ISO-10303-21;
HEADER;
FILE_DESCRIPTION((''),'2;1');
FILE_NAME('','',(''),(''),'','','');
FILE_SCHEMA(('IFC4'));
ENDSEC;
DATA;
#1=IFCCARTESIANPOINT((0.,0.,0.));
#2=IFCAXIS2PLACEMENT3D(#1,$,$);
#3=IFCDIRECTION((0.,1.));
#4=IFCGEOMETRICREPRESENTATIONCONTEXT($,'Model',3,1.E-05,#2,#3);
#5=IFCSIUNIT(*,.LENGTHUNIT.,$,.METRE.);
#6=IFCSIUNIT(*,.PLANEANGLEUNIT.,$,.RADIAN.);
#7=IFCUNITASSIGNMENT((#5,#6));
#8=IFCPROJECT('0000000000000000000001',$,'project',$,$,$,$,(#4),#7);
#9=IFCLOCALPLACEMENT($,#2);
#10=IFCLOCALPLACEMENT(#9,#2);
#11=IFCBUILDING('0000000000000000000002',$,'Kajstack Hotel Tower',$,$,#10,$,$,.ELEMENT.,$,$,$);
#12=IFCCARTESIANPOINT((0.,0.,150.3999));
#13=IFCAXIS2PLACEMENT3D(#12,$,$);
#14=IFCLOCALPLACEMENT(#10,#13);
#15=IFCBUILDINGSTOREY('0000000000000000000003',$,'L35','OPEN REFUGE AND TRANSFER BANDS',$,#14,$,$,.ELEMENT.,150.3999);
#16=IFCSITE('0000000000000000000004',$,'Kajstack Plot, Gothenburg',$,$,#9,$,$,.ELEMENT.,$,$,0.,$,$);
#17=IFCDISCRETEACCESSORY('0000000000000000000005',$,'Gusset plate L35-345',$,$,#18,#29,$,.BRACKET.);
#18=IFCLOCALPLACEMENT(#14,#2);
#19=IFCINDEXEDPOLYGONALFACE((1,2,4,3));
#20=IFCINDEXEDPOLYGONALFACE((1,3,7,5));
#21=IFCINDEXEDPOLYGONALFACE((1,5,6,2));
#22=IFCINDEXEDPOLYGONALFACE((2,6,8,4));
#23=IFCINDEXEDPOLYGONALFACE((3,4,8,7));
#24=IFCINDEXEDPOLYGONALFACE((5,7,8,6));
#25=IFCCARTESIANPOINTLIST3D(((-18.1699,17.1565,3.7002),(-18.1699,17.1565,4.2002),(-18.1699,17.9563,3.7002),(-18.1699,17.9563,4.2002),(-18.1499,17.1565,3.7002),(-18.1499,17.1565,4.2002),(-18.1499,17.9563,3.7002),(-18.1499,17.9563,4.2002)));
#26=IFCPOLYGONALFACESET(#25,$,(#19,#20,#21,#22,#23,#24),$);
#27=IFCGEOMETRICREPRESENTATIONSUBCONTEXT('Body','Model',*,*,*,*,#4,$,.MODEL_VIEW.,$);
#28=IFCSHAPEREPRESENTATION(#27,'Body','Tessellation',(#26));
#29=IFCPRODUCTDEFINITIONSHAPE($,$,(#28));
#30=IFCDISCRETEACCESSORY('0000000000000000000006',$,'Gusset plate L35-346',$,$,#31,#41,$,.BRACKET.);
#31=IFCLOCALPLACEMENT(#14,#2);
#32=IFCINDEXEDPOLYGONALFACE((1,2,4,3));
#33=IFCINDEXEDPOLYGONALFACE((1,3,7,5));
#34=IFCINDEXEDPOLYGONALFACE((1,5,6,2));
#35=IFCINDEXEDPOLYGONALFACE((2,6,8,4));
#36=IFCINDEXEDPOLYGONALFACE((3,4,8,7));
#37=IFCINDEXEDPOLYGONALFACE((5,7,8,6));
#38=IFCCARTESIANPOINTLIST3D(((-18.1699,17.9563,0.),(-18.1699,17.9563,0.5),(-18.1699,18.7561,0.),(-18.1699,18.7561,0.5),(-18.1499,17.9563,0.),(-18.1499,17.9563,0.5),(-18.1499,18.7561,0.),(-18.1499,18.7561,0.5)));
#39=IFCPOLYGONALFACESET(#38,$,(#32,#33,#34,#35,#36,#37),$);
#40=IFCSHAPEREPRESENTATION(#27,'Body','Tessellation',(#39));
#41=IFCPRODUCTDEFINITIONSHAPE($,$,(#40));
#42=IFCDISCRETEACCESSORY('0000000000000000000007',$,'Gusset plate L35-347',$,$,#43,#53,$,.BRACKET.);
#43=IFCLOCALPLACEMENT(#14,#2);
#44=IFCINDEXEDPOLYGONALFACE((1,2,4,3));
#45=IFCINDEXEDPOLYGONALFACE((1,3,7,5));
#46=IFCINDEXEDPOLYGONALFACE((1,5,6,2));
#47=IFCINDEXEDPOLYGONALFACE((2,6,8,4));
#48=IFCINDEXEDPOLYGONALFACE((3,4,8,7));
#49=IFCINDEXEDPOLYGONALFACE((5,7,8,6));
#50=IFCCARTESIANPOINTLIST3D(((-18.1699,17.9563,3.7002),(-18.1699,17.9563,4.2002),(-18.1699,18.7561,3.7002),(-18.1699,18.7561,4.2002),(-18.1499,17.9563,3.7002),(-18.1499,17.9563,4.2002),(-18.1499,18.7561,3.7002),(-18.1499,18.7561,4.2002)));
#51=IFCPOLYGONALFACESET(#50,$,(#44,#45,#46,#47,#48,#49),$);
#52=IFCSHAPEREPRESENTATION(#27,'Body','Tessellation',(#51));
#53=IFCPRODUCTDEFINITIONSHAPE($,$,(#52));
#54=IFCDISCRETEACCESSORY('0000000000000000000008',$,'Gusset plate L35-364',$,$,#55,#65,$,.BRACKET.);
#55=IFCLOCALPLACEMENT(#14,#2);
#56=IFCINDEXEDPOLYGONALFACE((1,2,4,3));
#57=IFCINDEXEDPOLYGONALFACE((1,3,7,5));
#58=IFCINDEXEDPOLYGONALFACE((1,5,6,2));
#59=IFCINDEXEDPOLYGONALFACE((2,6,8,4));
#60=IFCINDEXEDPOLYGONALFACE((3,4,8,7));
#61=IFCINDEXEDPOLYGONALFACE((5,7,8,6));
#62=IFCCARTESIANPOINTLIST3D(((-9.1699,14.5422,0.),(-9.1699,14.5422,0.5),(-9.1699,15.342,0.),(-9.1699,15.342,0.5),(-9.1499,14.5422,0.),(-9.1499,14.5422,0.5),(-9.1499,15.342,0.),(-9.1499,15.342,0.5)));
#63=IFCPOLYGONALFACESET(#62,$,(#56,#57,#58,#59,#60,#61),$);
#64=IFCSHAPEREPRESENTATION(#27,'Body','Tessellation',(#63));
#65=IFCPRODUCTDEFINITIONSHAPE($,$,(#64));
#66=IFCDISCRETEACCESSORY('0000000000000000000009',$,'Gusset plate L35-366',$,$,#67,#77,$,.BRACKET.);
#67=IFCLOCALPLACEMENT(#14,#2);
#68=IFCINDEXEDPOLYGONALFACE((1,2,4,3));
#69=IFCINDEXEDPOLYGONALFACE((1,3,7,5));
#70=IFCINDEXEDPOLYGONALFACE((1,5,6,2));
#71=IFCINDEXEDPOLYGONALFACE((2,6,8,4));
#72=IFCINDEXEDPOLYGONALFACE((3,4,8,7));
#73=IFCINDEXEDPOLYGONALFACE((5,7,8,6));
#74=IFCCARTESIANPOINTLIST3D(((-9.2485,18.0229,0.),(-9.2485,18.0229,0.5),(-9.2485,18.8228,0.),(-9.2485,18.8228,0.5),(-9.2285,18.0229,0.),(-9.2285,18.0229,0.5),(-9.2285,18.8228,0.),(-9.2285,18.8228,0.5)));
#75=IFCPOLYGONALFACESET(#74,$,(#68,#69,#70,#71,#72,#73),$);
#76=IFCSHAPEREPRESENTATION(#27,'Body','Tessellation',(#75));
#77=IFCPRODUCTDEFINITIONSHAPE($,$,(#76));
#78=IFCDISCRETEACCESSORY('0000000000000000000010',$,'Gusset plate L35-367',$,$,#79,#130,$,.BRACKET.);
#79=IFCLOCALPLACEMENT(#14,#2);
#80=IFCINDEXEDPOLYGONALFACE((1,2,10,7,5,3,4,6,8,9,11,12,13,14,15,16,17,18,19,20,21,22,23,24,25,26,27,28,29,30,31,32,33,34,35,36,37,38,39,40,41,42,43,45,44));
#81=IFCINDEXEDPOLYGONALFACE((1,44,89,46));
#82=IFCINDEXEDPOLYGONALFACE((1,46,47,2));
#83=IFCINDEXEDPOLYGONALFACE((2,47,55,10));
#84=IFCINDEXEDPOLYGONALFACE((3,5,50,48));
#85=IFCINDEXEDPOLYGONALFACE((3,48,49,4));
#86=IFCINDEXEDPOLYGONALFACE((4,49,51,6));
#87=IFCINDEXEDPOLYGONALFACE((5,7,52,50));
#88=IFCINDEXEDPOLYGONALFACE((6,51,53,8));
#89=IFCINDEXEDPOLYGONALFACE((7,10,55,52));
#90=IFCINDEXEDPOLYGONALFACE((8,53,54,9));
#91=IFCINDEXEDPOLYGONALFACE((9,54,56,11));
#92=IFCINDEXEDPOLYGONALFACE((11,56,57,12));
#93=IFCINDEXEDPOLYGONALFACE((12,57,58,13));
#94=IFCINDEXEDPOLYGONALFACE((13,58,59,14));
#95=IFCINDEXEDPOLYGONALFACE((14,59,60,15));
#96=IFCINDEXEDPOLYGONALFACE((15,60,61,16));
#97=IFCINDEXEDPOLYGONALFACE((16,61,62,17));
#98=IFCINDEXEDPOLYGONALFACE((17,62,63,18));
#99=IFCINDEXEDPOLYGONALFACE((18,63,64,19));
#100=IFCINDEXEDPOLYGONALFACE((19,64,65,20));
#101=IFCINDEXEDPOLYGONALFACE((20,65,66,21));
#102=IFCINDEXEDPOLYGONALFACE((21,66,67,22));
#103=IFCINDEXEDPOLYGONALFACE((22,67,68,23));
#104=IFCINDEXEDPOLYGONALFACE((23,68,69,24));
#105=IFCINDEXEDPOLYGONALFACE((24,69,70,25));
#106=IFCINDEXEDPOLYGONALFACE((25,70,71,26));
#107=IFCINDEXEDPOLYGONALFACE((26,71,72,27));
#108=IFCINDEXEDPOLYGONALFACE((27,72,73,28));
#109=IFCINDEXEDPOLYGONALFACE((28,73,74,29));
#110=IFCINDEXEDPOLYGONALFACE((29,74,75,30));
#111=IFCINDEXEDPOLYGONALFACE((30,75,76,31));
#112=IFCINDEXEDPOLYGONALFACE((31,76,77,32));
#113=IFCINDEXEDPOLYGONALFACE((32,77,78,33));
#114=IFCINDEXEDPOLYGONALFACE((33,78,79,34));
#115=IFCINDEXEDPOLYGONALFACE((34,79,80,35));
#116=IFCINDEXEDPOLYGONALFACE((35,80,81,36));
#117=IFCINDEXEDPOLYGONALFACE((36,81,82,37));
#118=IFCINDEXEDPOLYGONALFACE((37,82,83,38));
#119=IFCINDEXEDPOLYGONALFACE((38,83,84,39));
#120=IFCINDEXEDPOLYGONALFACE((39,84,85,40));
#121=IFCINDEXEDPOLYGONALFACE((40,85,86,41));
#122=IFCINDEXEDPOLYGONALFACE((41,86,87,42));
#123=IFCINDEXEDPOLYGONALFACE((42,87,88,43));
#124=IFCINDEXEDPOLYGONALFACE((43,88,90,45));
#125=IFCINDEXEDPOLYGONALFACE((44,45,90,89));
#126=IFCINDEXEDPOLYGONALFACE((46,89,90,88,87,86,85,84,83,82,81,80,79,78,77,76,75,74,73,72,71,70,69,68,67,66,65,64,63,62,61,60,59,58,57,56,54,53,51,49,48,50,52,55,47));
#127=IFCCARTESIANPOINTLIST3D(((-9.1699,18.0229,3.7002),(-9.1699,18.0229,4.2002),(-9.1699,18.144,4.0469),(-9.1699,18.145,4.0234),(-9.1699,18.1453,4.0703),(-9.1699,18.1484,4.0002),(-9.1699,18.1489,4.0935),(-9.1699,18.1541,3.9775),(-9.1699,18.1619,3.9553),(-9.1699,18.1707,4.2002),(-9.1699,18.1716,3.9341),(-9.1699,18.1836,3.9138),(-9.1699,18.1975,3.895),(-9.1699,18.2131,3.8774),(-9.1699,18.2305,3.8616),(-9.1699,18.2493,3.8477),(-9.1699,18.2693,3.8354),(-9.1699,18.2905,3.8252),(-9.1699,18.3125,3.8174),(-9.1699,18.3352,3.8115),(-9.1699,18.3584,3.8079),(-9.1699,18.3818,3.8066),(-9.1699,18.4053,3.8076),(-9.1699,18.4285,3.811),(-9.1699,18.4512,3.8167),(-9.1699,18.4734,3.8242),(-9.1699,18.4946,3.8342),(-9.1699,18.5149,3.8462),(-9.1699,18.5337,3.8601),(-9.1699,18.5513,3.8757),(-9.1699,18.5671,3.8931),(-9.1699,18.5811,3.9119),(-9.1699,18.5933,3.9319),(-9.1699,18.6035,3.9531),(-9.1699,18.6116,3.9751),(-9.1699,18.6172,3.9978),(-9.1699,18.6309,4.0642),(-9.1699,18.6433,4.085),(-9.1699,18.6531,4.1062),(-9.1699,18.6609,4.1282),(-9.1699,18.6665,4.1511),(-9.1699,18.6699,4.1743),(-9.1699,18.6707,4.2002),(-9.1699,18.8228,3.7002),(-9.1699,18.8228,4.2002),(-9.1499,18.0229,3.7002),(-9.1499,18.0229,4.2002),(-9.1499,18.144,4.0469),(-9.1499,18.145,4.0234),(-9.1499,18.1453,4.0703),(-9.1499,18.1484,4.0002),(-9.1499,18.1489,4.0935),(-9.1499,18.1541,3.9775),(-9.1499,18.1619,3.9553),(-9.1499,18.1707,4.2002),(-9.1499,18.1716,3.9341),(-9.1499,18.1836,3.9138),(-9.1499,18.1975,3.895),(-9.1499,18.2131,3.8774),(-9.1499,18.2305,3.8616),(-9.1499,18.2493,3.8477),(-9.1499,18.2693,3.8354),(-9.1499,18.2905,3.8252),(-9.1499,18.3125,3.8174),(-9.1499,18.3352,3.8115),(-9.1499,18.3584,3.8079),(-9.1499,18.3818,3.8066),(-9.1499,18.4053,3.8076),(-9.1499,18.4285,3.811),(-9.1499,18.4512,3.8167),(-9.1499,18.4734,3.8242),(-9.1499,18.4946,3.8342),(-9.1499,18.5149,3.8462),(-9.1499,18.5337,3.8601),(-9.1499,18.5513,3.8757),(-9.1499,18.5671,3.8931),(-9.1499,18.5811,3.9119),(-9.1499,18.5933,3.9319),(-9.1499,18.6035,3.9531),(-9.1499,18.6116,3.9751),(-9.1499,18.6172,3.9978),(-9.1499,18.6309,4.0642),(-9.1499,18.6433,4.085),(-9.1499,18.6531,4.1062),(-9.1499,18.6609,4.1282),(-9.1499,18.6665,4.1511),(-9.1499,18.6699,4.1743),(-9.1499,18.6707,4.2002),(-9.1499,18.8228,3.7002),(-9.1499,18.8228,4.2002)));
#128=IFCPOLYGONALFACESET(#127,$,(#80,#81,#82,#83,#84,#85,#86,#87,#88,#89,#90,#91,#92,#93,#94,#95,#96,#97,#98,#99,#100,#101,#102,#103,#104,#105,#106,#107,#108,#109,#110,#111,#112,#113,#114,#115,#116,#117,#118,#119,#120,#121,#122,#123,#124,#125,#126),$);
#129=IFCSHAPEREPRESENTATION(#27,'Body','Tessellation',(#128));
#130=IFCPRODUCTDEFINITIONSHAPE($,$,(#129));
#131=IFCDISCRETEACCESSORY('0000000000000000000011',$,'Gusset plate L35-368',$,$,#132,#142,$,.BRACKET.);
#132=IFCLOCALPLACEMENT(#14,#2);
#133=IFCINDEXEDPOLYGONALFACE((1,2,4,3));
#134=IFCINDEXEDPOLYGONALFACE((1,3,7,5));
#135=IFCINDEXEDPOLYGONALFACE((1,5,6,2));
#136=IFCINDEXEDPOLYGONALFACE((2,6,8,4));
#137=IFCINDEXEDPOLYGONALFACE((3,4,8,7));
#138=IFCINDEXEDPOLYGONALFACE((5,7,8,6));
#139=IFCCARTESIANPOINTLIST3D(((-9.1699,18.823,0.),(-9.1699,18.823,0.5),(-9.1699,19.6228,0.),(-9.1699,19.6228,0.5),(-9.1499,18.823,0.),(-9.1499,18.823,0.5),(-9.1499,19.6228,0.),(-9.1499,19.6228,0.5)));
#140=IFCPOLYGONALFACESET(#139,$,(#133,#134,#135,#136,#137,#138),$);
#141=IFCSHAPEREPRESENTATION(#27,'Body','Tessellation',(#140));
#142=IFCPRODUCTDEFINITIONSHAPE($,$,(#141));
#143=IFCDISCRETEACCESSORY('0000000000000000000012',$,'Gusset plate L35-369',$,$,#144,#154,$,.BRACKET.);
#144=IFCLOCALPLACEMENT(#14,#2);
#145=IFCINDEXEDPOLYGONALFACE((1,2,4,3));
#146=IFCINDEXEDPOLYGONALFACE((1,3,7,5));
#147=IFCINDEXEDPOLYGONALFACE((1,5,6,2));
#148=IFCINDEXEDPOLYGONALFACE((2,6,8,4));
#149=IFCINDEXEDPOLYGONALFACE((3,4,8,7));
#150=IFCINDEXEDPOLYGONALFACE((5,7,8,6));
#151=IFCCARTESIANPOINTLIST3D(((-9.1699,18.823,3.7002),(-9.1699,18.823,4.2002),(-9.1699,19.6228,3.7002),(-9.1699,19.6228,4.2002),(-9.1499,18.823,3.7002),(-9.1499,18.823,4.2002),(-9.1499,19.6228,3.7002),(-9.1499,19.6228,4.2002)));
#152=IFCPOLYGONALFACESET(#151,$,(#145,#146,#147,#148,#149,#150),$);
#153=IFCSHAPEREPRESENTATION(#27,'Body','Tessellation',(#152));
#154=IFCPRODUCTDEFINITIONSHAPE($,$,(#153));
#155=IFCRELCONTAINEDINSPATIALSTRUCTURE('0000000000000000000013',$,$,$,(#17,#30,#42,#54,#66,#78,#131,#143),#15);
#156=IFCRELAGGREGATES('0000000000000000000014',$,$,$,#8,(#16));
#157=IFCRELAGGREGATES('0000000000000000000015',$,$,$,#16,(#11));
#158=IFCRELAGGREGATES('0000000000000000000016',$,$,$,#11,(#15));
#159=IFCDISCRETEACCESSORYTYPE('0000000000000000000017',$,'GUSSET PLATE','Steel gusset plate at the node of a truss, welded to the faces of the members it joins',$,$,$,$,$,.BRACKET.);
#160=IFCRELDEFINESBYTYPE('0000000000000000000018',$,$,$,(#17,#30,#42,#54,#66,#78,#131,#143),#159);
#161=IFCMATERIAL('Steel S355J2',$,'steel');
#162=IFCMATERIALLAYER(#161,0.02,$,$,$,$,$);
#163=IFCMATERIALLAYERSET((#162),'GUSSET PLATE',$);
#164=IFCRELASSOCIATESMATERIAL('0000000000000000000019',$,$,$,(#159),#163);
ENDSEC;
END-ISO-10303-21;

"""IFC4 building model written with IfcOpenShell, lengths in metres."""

from ifc_helpers import new_model, si_unit, direction, frame, origin, place, context, subcontext, project, spatial, polyline, outline, extrude, material, layer, layer_set, type_object, element, save


model = new_model("IFC4")

# Units and contexts
model_context = context("Model", 3, precision=1e-05, world=origin(), true_north=direction((0.0, 1.0)))
body_context = subcontext(model_context, "Body", "Model", "MODEL_VIEW")
ifc_project = project(units=[si_unit("LENGTHUNIT", "METRE"), si_unit("PLANEANGLEUNIT", "RADIAN")], contexts=[model_context])

# Site, building, storey
site_placement = place(None, origin())
site = spatial("IfcSite", under=ifc_project, at=site_placement, Name="Kajstack Plot, Gothenburg", CompositionType="ELEMENT", RefElevation=0.0)
building_placement = place(site_placement, origin())
building = spatial("IfcBuilding", under=site, at=building_placement, Name="Kajstack Hotel Tower", CompositionType="ELEMENT")
storey_placement = place(building_placement, frame((0.0, 0.0, 150.3999)))
storey = spatial("IfcBuildingStorey", under=building, at=storey_placement, Name="L35", Description="OPEN REFUGE AND TRANSFER BANDS", CompositionType="ELEMENT", Elevation=150.3999)

# Shared definitions
ifc_material = material(Name="Steel S355J2", Category="steel")

# Discrete accessories
ifc_layer = layer(ifc_material, 0.02)
ifc_layer_set = layer_set([ifc_layer], Name="GUSSET PLATE")
discrete_accessory_type = type_object("IfcDiscreteAccessoryType", Name="GUSSET PLATE", Description="Steel gusset plate at the node of a truss, welded to the faces of the members it joins", PredefinedType="BRACKET", material=ifc_layer_set)
for number, where, z_axis, x_axis, name in (
    (1, (-18.1699, 17.5564, 3.7002), (1.0, 0.0, 0.0), (0.0, 1.0, 0.0), "Gusset plate L35-345"),
    (2, (-18.1699, 18.3562, 0.0), (1.0, 0.0, 0.0), (0.0, 1.0, 0.0), "Gusset plate L35-346"),
    (3, (-18.1699, 18.3562, 3.7002), (1.0, 0.0, 0.0), (0.0, 1.0, 0.0), "Gusset plate L35-347"),
    (4, (-9.1699, 14.9421, 0.0), (1.0, 0.0, 0.0), (0.0, 1.0, 0.0), "Gusset plate L35-364"),
    (5, (-9.2485, 18.4229, 0.0), (1.0, 0.0, 0.0), (0.0, 1.0, 0.0), "Gusset plate L35-366"),
):
    element("IfcDiscreteAccessory", number, at=place(storey_placement, frame(where, z_axis=z_axis, x_axis=x_axis)), inside=storey, type_object=discrete_accessory_type, Name=name, PredefinedType="BRACKET", context=body_context, shape_type="SweptSolid", body=[
        extrude(outline(polyline([(-0.3999, 0.0), (0.3999, 0.0), (0.3999, 0.5), (-0.3999, 0.5), (-0.3999, 0.0)])), origin(), (0.0, 0.0, 1.0), 0.02),
    ])
discrete_accessory_placement = place(storey_placement, frame((-9.1699, 18.4229, 3.7002), z_axis=(1.0, 0.0, 0.0), x_axis=(0.0, 1.0, 0.0)))
element("IfcDiscreteAccessory", 6, at=discrete_accessory_placement, inside=storey, type_object=discrete_accessory_type, Name="Gusset plate L35-367", PredefinedType="BRACKET", context=body_context, shape_type="SweptSolid", body=[
    extrude(outline(polyline([(0.3999, 0.5), (0.2478, 0.5), (0.2471, 0.4741), (0.2437, 0.4509), (0.238, 0.428), (0.2302, 0.406), (0.2205, 0.3848), (0.208, 0.364), (0.1943, 0.2976), (0.1887, 0.2749), (0.1807, 0.2529), (0.1704, 0.2317), (0.1582, 0.2117), (0.1443, 0.1929), (0.1284, 0.1755), (0.1108, 0.1599), (0.092, 0.146), (0.0718, 0.134), (0.0505, 0.124), (0.0283, 0.1165), (0.0056, 0.1108), (-0.0176, 0.1074), (-0.041, 0.1064), (-0.0645, 0.1077), (-0.0876, 0.1113), (-0.1104, 0.1172), (-0.1323, 0.125), (-0.1536, 0.1353), (-0.1736, 0.1475), (-0.1924, 0.1614), (-0.2097, 0.1772), (-0.2253, 0.1948), (-0.2393, 0.2136), (-0.2512, 0.2339), (-0.261, 0.2551), (-0.2688, 0.2773), (-0.2744, 0.3), (-0.2778, 0.3232), (-0.2788, 0.3467), (-0.2776, 0.3701), (-0.2739, 0.3933), (-0.2522, 0.5), (-0.3999, 0.5), (-0.3999, 0.0), (0.3999, 0.0), (0.3999, 0.5)])), origin(), (0.0, 0.0, 1.0), 0.02),
])
for number, where, z_axis, x_axis, name in (
    (7, (-9.1699, 19.2229, 0.0), (1.0, 0.0, 0.0), (0.0, 1.0, 0.0), "Gusset plate L35-368"),
    (8, (-9.1699, 19.2229, 3.7002), (1.0, 0.0, 0.0), (0.0, 1.0, 0.0), "Gusset plate L35-369"),
):
    element("IfcDiscreteAccessory", number, at=place(storey_placement, frame(where, z_axis=z_axis, x_axis=x_axis)), inside=storey, type_object=discrete_accessory_type, Name=name, PredefinedType="BRACKET", context=body_context, shape_type="SweptSolid", body=[
        extrude(outline(polyline([(-0.3999, 0.0), (0.3999, 0.0), (0.3999, 0.5), (-0.3999, 0.5), (-0.3999, 0.0)])), origin(), (0.0, 0.0, 1.0), 0.02),
    ])

save(model, "model.ifc")
